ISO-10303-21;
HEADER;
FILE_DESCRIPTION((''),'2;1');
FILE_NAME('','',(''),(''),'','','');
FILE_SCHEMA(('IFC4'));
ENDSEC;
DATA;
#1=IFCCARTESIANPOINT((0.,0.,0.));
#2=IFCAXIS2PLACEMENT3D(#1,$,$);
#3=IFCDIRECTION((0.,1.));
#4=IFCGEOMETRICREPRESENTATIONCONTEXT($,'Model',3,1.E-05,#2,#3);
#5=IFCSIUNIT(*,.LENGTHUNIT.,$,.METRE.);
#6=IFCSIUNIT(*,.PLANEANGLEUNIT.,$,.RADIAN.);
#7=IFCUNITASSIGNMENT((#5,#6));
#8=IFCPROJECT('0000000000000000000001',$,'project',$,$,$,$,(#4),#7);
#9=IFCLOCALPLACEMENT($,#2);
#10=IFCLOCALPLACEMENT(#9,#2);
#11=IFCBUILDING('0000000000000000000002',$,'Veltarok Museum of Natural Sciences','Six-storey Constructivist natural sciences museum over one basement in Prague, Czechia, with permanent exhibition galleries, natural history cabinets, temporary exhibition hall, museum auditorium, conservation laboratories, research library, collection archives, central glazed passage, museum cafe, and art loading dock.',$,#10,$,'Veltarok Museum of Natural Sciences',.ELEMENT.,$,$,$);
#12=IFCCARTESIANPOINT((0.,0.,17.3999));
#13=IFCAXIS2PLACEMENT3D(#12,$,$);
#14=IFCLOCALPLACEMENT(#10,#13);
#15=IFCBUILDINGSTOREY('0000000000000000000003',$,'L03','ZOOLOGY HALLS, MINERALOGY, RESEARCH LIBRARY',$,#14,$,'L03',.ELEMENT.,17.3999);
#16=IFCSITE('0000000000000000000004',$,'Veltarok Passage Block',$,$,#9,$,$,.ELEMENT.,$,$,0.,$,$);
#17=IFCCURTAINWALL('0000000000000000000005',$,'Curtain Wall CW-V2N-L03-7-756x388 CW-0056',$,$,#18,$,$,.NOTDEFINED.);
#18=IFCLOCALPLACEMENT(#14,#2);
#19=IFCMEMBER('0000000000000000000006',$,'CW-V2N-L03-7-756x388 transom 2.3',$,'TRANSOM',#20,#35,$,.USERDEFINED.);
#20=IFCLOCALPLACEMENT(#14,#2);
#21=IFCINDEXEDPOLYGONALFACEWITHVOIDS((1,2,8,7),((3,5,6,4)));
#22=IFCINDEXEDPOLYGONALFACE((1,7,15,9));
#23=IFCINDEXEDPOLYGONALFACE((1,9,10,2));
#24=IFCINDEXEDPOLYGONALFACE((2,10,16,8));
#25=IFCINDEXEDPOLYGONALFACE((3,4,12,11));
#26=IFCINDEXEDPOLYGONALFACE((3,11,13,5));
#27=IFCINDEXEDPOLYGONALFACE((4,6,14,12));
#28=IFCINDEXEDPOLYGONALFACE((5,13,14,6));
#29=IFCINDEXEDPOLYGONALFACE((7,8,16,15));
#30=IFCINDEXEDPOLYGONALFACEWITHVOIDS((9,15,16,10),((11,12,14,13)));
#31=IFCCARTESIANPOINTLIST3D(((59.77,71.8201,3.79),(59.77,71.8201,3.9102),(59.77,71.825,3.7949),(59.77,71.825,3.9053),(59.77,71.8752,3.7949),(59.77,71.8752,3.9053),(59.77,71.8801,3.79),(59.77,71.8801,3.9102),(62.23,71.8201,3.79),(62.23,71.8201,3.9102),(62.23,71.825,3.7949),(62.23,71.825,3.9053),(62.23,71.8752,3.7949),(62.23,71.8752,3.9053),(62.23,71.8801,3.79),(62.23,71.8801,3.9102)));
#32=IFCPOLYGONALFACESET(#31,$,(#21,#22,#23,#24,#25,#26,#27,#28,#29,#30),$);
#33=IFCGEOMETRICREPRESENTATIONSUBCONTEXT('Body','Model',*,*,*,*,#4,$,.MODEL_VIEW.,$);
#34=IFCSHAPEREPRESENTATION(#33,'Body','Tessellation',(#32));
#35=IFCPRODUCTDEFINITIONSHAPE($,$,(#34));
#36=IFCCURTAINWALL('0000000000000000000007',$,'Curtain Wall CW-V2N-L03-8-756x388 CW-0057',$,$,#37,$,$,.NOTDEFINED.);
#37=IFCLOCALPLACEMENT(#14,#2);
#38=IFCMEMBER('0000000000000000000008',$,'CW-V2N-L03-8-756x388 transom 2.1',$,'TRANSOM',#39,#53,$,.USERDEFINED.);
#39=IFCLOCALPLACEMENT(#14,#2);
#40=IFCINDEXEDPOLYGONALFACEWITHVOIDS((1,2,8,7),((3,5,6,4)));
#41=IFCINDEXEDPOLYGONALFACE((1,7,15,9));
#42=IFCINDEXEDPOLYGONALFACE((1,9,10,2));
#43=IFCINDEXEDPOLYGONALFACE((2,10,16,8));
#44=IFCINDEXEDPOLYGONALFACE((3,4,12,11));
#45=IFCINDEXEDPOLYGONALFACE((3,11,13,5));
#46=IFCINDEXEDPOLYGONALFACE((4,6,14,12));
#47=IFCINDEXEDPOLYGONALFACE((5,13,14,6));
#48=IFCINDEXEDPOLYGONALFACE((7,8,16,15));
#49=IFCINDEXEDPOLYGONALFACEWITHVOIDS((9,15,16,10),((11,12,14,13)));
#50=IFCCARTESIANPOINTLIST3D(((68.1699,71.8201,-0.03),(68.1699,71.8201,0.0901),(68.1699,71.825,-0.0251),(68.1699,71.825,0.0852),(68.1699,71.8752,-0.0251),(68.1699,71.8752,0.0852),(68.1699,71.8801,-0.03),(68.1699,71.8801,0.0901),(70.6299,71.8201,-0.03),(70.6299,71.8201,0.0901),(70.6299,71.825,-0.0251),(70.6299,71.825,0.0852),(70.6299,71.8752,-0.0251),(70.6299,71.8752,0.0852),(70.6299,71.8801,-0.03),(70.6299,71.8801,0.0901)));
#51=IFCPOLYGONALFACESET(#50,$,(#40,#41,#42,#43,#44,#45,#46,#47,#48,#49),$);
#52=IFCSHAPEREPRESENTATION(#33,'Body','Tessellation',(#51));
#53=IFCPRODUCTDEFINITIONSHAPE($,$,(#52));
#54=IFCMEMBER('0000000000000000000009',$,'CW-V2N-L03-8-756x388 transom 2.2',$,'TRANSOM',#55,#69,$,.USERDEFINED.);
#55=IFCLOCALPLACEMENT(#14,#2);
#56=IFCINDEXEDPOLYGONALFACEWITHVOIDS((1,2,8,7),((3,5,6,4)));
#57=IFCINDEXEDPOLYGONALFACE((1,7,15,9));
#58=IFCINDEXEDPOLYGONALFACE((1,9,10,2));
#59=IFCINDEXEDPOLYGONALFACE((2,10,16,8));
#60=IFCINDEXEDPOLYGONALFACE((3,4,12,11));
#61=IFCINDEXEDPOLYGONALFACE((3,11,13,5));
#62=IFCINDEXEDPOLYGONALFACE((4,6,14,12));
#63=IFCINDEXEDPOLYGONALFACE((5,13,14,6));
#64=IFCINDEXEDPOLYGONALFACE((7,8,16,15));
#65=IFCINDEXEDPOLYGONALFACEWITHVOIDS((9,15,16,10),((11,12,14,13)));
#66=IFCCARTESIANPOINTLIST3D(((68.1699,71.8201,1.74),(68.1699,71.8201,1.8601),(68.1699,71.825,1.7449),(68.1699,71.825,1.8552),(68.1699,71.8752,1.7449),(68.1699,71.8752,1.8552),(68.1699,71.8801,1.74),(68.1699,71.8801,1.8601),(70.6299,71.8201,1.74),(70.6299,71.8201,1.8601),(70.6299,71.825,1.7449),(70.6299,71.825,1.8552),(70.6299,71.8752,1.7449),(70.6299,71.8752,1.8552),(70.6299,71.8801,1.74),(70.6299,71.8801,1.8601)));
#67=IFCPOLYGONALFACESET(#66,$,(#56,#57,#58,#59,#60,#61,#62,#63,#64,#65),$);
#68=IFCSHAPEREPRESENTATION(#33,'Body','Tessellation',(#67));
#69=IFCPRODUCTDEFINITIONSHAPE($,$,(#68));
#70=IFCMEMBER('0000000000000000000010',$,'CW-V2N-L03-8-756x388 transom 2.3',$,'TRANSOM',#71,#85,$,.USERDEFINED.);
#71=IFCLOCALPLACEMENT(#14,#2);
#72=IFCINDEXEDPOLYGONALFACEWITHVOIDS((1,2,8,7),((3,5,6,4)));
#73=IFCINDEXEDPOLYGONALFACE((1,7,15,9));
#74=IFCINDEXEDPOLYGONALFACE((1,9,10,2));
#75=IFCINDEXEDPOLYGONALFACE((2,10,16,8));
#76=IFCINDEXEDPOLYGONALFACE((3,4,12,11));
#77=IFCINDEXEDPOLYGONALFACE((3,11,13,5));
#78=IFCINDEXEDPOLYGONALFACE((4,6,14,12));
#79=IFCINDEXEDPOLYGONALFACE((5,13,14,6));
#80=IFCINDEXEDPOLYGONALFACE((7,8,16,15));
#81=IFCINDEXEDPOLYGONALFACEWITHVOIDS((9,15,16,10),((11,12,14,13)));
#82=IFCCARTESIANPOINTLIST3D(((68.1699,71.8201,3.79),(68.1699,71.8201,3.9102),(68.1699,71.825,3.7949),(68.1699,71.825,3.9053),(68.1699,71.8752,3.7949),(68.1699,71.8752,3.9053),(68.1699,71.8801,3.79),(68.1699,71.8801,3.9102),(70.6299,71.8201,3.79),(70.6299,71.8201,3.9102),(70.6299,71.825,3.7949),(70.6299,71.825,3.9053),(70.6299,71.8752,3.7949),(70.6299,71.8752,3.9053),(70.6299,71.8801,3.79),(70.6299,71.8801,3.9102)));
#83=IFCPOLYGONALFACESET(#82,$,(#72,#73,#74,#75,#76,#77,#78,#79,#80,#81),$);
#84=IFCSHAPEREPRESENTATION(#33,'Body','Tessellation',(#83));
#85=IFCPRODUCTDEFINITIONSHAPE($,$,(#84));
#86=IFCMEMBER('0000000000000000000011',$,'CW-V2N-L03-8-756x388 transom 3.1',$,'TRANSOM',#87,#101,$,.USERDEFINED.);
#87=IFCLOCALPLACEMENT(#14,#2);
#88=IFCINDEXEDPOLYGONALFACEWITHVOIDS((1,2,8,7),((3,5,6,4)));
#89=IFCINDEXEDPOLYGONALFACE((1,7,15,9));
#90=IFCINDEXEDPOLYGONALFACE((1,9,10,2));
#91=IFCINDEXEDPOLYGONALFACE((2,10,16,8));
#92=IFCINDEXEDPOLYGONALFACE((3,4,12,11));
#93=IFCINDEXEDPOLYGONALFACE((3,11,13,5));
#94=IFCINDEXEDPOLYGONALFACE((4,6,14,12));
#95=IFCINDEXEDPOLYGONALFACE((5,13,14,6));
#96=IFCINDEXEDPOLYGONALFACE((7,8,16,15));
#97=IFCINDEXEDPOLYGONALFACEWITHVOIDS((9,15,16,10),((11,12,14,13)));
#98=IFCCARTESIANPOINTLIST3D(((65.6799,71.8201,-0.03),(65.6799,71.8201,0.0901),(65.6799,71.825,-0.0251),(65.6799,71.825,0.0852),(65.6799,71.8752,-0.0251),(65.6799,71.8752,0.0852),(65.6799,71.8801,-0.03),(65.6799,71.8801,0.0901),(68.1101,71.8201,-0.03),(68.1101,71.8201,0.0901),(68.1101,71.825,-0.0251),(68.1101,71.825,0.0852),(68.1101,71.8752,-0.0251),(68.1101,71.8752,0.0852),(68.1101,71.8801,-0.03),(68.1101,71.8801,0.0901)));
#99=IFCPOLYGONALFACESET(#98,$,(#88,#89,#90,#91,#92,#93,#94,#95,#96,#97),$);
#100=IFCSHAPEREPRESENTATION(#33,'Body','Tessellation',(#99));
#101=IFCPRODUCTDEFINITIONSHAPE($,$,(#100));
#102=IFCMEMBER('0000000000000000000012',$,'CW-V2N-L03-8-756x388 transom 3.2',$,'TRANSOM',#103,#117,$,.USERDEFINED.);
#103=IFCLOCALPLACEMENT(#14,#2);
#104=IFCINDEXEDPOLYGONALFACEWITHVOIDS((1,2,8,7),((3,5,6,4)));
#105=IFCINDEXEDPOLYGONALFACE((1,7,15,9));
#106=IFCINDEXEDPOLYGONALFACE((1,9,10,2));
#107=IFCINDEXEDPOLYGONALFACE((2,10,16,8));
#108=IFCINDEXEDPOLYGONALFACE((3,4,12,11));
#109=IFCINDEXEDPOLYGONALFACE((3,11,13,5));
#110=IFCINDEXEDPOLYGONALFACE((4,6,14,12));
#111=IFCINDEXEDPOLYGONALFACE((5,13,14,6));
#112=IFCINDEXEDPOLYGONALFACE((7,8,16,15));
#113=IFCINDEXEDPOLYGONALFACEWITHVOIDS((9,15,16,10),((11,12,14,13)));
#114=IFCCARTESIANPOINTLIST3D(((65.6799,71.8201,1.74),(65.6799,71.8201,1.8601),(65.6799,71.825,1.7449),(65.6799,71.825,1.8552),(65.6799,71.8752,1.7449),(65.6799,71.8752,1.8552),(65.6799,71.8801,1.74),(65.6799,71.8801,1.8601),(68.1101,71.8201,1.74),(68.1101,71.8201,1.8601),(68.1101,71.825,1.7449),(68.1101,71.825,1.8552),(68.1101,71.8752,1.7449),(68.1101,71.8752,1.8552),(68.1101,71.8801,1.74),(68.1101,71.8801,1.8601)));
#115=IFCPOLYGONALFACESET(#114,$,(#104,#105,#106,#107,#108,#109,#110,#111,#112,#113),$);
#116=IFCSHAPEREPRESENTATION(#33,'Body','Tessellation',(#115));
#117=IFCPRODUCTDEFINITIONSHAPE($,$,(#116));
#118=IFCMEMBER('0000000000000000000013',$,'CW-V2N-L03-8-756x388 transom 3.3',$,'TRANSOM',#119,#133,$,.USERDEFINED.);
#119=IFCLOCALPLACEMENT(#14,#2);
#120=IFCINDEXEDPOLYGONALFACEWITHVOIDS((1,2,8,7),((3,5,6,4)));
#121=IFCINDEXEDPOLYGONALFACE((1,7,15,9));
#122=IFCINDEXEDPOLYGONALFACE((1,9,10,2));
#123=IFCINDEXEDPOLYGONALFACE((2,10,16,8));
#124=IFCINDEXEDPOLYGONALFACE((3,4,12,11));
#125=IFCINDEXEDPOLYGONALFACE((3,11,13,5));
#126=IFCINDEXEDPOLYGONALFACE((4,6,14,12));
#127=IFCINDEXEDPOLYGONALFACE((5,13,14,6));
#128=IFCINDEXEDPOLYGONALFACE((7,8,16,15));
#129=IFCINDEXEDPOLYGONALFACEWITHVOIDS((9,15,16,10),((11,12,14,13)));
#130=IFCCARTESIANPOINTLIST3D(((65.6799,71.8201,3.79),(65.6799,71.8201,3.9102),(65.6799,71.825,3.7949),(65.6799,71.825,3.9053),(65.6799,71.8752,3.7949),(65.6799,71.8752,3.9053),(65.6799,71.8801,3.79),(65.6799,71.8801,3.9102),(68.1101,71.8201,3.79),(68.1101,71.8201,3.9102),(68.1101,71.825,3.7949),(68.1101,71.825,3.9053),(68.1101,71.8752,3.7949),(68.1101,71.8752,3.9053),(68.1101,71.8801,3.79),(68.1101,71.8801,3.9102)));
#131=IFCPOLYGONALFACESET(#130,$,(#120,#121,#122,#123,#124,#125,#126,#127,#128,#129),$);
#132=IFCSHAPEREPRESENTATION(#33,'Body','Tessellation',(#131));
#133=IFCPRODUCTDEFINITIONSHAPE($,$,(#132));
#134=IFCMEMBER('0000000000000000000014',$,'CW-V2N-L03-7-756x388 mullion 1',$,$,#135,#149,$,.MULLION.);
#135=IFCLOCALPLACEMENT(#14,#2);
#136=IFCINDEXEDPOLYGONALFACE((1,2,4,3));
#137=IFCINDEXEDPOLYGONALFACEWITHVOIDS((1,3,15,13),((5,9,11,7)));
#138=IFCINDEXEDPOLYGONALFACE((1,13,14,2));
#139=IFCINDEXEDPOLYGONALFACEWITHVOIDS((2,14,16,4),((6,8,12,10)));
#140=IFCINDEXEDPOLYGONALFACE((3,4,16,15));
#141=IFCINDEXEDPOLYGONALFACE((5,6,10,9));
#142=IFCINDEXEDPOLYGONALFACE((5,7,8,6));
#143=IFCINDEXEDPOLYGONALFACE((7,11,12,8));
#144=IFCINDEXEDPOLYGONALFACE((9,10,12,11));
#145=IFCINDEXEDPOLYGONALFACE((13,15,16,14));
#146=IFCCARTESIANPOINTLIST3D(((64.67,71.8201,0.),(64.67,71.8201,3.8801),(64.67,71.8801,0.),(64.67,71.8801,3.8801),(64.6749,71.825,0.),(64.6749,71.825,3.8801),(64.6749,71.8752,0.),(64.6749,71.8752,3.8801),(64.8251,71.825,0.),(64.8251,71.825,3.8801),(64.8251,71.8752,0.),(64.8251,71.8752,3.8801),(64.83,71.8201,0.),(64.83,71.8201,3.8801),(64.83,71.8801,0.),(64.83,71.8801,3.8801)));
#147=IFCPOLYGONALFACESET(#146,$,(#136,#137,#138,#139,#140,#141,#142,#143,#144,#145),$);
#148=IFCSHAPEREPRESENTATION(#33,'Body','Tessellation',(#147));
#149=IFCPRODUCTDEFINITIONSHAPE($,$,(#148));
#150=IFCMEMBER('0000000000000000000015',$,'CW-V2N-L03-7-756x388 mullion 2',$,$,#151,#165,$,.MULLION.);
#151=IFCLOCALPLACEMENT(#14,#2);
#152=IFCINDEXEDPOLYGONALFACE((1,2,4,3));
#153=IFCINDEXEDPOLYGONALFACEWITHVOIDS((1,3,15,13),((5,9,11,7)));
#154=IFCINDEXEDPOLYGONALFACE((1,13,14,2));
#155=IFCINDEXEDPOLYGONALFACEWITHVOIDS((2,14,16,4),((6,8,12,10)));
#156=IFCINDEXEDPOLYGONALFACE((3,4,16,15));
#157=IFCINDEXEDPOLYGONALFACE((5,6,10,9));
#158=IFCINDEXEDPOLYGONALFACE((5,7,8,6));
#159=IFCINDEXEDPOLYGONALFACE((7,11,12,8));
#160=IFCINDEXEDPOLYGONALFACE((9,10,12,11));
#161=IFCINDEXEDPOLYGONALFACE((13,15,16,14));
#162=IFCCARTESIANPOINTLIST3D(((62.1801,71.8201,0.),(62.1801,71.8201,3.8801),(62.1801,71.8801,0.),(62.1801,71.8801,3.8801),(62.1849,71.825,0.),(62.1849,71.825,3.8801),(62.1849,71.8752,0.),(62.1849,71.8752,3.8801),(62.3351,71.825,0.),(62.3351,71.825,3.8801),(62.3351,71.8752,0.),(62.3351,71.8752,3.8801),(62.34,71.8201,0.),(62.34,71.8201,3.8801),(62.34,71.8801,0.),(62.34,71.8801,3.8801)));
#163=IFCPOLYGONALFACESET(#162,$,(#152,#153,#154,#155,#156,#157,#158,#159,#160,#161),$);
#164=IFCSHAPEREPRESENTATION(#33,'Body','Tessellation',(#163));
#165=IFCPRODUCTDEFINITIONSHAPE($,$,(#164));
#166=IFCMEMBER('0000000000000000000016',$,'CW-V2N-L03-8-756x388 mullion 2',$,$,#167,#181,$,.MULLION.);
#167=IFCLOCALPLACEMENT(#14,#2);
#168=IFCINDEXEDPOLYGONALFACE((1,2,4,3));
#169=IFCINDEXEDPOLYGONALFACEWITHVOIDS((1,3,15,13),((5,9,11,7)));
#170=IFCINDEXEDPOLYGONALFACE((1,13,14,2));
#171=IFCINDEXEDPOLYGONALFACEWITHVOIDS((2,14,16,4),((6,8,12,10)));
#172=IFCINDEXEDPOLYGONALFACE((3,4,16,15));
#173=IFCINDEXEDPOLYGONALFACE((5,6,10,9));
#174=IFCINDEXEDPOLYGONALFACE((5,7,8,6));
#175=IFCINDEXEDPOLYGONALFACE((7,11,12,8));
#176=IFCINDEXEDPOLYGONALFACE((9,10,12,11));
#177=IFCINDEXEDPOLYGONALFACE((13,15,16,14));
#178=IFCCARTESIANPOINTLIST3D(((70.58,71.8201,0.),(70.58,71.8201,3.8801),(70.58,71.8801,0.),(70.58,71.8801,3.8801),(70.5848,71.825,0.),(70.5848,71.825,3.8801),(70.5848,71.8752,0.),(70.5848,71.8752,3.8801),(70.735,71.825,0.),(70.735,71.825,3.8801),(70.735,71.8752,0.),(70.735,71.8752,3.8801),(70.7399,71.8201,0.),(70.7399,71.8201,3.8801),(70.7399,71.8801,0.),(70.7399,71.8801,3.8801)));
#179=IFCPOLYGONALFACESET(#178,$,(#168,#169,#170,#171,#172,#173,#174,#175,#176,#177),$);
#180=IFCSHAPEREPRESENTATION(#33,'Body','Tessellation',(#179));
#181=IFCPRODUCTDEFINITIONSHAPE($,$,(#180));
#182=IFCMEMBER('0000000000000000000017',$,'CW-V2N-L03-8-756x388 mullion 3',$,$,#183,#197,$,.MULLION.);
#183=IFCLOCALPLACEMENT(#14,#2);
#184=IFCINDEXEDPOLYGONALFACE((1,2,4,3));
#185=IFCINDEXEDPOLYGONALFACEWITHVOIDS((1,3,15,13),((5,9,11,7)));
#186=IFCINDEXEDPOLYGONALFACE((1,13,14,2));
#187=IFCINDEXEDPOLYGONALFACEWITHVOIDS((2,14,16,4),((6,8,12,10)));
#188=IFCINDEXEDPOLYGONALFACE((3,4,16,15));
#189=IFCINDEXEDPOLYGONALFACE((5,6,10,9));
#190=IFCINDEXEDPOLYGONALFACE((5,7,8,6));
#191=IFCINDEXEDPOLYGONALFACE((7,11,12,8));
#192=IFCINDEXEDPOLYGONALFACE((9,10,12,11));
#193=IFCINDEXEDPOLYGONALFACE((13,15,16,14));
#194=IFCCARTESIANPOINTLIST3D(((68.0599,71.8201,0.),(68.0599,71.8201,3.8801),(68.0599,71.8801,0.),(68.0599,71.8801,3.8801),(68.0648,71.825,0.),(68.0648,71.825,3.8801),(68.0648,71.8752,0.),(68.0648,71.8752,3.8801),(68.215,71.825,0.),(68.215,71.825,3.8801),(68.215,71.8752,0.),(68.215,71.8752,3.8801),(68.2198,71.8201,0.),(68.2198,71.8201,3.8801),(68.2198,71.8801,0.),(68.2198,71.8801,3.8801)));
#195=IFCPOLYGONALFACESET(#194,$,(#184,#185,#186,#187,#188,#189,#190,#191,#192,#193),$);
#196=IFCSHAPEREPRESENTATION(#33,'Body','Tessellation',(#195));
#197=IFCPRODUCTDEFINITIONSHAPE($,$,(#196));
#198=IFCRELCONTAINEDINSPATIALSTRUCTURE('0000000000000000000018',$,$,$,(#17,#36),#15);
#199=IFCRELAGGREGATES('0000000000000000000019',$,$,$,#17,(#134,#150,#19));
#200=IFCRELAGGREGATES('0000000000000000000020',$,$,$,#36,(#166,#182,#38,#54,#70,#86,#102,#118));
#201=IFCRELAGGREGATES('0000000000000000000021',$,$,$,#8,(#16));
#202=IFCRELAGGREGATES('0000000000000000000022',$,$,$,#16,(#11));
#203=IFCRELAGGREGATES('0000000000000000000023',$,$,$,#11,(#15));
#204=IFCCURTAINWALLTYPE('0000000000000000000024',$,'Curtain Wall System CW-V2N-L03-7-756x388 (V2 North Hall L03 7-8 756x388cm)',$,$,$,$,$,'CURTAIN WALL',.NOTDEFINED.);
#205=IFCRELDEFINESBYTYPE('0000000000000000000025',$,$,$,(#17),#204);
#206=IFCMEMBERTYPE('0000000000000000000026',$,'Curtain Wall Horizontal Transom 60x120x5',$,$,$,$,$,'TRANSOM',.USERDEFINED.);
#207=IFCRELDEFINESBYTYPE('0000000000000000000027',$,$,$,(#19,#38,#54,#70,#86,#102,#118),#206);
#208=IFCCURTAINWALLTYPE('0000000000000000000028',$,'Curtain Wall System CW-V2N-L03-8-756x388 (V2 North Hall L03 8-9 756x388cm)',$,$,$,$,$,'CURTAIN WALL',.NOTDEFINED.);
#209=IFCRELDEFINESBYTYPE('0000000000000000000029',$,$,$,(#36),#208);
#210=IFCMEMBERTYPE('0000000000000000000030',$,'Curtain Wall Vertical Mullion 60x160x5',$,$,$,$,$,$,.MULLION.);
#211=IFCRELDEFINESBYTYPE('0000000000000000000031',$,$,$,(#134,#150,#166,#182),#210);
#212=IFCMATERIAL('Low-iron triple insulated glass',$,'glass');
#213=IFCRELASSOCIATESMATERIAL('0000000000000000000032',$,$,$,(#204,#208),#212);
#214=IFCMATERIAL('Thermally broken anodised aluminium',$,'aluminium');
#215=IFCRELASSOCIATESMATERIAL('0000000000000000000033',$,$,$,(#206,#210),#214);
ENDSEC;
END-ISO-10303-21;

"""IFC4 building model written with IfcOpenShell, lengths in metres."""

from ifc_helpers import new_model, si_unit, direction, frame, origin, origin_2d, place, context, subcontext, project, spatial, hollow_rectangle, extrude, material, material_profile, profile_set, type_object, element, aggregate, save


model = new_model("IFC4")

# Units and contexts
model_context = context("Model", 3, precision=1e-05, world=origin(), true_north=direction((0.0, 1.0)))
body_context = subcontext(model_context, "Body", "Model", "MODEL_VIEW")
ifc_project = project(units=[si_unit("LENGTHUNIT", "METRE"), si_unit("PLANEANGLEUNIT", "RADIAN")], contexts=[model_context])

# Site, building, storey
site_placement = place(None, origin())
site = spatial("IfcSite", under=ifc_project, at=site_placement, Name="Veltarok Passage Block", CompositionType="ELEMENT", RefElevation=0.0)
building_placement = place(site_placement, origin())
building = spatial("IfcBuilding", under=site, at=building_placement, Name="Veltarok Museum of Natural Sciences", Description="Six-storey Constructivist natural sciences museum over one basement in Prague, Czechia, with permanent exhibition galleries, natural history cabinets, temporary exhibition hall, museum auditorium, conservation laboratories, research library, collection archives, central glazed passage, museum cafe, and art loading dock.", LongName="Veltarok Museum of Natural Sciences", CompositionType="ELEMENT")
storey_placement = place(building_placement, frame((0.0, 0.0, 17.3999)))
storey = spatial("IfcBuildingStorey", under=building, at=storey_placement, Name="L03", Description="ZOOLOGY HALLS, MINERALOGY, RESEARCH LIBRARY", LongName="L03", CompositionType="ELEMENT", Elevation=17.3999)

# Curtain walls, members
ifc_material_1 = material(Name="Low-iron triple insulated glass", Category="glass")
curtain_wall_type_1 = type_object("IfcCurtainWallType", Name="Curtain Wall System CW-V2N-L03-7-756x388 (V2 North Hall L03 7-8 756x388cm)", ElementType="CURTAIN WALL", PredefinedType="NOTDEFINED", material=ifc_material_1)
curtain_wall_1_placement = place(storey_placement, origin())
curtain_wall_1 = element("IfcCurtainWall", 1, at=curtain_wall_1_placement, inside=storey, type_object=curtain_wall_type_1, Name="Curtain Wall CW-V2N-L03-7-756x388 CW-0056", PredefinedType="NOTDEFINED")
ifc_material_2 = material(Name="Thermally broken anodised aluminium", Category="aluminium")
ifc_material_profile_1 = material_profile(ifc_material_2, hollow_rectangle(XDim=0.0601, YDim=0.1201, WallThickness=0.0049, at=origin_2d()), Name="CW TRANSOM 60x120x5")
ifc_profile_set_1 = profile_set([ifc_material_profile_1], Name="Thermally broken anodised aluminium")
member_type_1 = type_object("IfcMemberType", Name="Curtain Wall Horizontal Transom 60x120x5", ElementType="TRANSOM", PredefinedType="USERDEFINED", material=ifc_profile_set_1)
member_1_placement = place(storey_placement, frame((62.23, 71.8501, 3.8501), z_axis=(-1.0, 0.0, 0.0), x_axis=(0.0, -1.0, 0.0)))
member_1 = element("IfcMember", 2, at=member_1_placement, type_object=member_type_1, Name="CW-V2N-L03-7-756x388 transom 2.3", ObjectType="TRANSOM", PredefinedType="USERDEFINED", context=body_context, shape_type="SweptSolid", body=[
    extrude(hollow_rectangle(XDim=0.0601, YDim=0.1201, WallThickness=0.0049, at=origin_2d()), origin(), (0.0, 0.0, 1.0), 2.46),
])
curtain_wall_type_2 = type_object("IfcCurtainWallType", Name="Curtain Wall System CW-V2N-L03-8-756x388 (V2 North Hall L03 8-9 756x388cm)", ElementType="CURTAIN WALL", PredefinedType="NOTDEFINED", material=ifc_material_1)
curtain_wall_2_placement = place(storey_placement, origin())
curtain_wall_2 = element("IfcCurtainWall", 3, at=curtain_wall_2_placement, inside=storey, type_object=curtain_wall_type_2, Name="Curtain Wall CW-V2N-L03-8-756x388 CW-0057", PredefinedType="NOTDEFINED")
member_2_placement = place(storey_placement, frame((70.6299, 71.8501, 0.03), z_axis=(-1.0, 0.0, 0.0), x_axis=(0.0, -1.0, 0.0)))
member_2 = element("IfcMember", 4, at=member_2_placement, type_object=member_type_1, Name="CW-V2N-L03-8-756x388 transom 2.1", ObjectType="TRANSOM", PredefinedType="USERDEFINED", context=body_context, shape_type="SweptSolid", body=[
    extrude(hollow_rectangle(XDim=0.0601, YDim=0.1201, WallThickness=0.0049, at=origin_2d()), origin(), (0.0, 0.0, 1.0), 2.46),
])
member_3_placement = place(storey_placement, frame((70.6299, 71.8501, 1.8), z_axis=(-1.0, 0.0, 0.0), x_axis=(0.0, -1.0, 0.0)))
member_3 = element("IfcMember", 5, at=member_3_placement, type_object=member_type_1, Name="CW-V2N-L03-8-756x388 transom 2.2", ObjectType="TRANSOM", PredefinedType="USERDEFINED", context=body_context, shape_type="SweptSolid", body=[
    extrude(hollow_rectangle(XDim=0.0601, YDim=0.1201, WallThickness=0.0049, at=origin_2d()), origin(), (0.0, 0.0, 1.0), 2.46),
])
member_4_placement = place(storey_placement, frame((70.6299, 71.8501, 3.8501), z_axis=(-1.0, 0.0, 0.0), x_axis=(0.0, -1.0, 0.0)))
member_4 = element("IfcMember", 6, at=member_4_placement, type_object=member_type_1, Name="CW-V2N-L03-8-756x388 transom 2.3", ObjectType="TRANSOM", PredefinedType="USERDEFINED", context=body_context, shape_type="SweptSolid", body=[
    extrude(hollow_rectangle(XDim=0.0601, YDim=0.1201, WallThickness=0.0049, at=origin_2d()), origin(), (0.0, 0.0, 1.0), 2.46),
])
member_5_placement = place(storey_placement, frame((68.1101, 71.8501, 0.03), z_axis=(-1.0, 0.0, 0.0), x_axis=(0.0, -1.0, 0.0)))
member_5 = element("IfcMember", 7, at=member_5_placement, type_object=member_type_1, Name="CW-V2N-L03-8-756x388 transom 3.1", ObjectType="TRANSOM", PredefinedType="USERDEFINED", context=body_context, shape_type="SweptSolid", body=[
    extrude(hollow_rectangle(XDim=0.0601, YDim=0.1201, WallThickness=0.0049, at=origin_2d()), origin(), (0.0, 0.0, 1.0), 2.4302),
])
member_6_placement = place(storey_placement, frame((68.1101, 71.8501, 1.8), z_axis=(-1.0, 0.0, 0.0), x_axis=(0.0, -1.0, 0.0)))
member_6 = element("IfcMember", 8, at=member_6_placement, type_object=member_type_1, Name="CW-V2N-L03-8-756x388 transom 3.2", ObjectType="TRANSOM", PredefinedType="USERDEFINED", context=body_context, shape_type="SweptSolid", body=[
    extrude(hollow_rectangle(XDim=0.0601, YDim=0.1201, WallThickness=0.0049, at=origin_2d()), origin(), (0.0, 0.0, 1.0), 2.4302),
])
member_7_placement = place(storey_placement, frame((68.1101, 71.8501, 3.8501), z_axis=(-1.0, 0.0, 0.0), x_axis=(0.0, -1.0, 0.0)))
member_7 = element("IfcMember", 9, at=member_7_placement, type_object=member_type_1, Name="CW-V2N-L03-8-756x388 transom 3.3", ObjectType="TRANSOM", PredefinedType="USERDEFINED", context=body_context, shape_type="SweptSolid", body=[
    extrude(hollow_rectangle(XDim=0.0601, YDim=0.1201, WallThickness=0.0049, at=origin_2d()), origin(), (0.0, 0.0, 1.0), 2.4302),
])

# Members
ifc_material_profile_2 = material_profile(ifc_material_2, hollow_rectangle(XDim=0.0601, YDim=0.1599, WallThickness=0.0049, at=origin_2d()), Name="CW MULLION 60x160x5")
ifc_profile_set_2 = profile_set([ifc_material_profile_2], Name="Thermally broken anodised aluminium")
member_type_2 = type_object("IfcMemberType", Name="Curtain Wall Vertical Mullion 60x160x5", PredefinedType="MULLION", material=ifc_profile_set_2)
member_8_placement = place(storey_placement, frame((64.75, 71.8501, 0.0), z_axis=(0.0, 0.0, 1.0), x_axis=(0.0, -1.0, 0.0)))
member_8 = element("IfcMember", 10, at=member_8_placement, type_object=member_type_2, Name="CW-V2N-L03-7-756x388 mullion 1", PredefinedType="MULLION", context=body_context, shape_type="SweptSolid", body=[
    extrude(hollow_rectangle(XDim=0.0601, YDim=0.1599, WallThickness=0.0049, at=origin_2d()), origin(), (0.0, 0.0, 1.0), 3.8801),
])
member_9_placement = place(storey_placement, frame((62.26, 71.8501, 0.0), z_axis=(0.0, 0.0, 1.0), x_axis=(0.0, -1.0, 0.0)))
member_9 = element("IfcMember", 11, at=member_9_placement, type_object=member_type_2, Name="CW-V2N-L03-7-756x388 mullion 2", PredefinedType="MULLION", context=body_context, shape_type="SweptSolid", body=[
    extrude(hollow_rectangle(XDim=0.0601, YDim=0.1599, WallThickness=0.0049, at=origin_2d()), origin(), (0.0, 0.0, 1.0), 3.8801),
])
member_10_placement = place(storey_placement, frame((70.6599, 71.8501, 0.0), z_axis=(0.0, 0.0, 1.0), x_axis=(0.0, -1.0, 0.0)))
member_10 = element("IfcMember", 12, at=member_10_placement, type_object=member_type_2, Name="CW-V2N-L03-8-756x388 mullion 2", PredefinedType="MULLION", context=body_context, shape_type="SweptSolid", body=[
    extrude(hollow_rectangle(XDim=0.0601, YDim=0.1599, WallThickness=0.0049, at=origin_2d()), origin(), (0.0, 0.0, 1.0), 3.8801),
])
member_11_placement = place(storey_placement, frame((68.1399, 71.8501, 0.0), z_axis=(0.0, 0.0, 1.0), x_axis=(0.0, -1.0, 0.0)))
member_11 = element("IfcMember", 13, at=member_11_placement, type_object=member_type_2, Name="CW-V2N-L03-8-756x388 mullion 3", PredefinedType="MULLION", context=body_context, shape_type="SweptSolid", body=[
    extrude(hollow_rectangle(XDim=0.0601, YDim=0.1599, WallThickness=0.0049, at=origin_2d()), origin(), (0.0, 0.0, 1.0), 3.8801),
])

aggregate(curtain_wall_1, [member_8, member_9, member_1])
aggregate(curtain_wall_2, [member_10, member_11, member_2, member_3, member_4, member_5, member_6, member_7])

save(model, "model.ifc")
